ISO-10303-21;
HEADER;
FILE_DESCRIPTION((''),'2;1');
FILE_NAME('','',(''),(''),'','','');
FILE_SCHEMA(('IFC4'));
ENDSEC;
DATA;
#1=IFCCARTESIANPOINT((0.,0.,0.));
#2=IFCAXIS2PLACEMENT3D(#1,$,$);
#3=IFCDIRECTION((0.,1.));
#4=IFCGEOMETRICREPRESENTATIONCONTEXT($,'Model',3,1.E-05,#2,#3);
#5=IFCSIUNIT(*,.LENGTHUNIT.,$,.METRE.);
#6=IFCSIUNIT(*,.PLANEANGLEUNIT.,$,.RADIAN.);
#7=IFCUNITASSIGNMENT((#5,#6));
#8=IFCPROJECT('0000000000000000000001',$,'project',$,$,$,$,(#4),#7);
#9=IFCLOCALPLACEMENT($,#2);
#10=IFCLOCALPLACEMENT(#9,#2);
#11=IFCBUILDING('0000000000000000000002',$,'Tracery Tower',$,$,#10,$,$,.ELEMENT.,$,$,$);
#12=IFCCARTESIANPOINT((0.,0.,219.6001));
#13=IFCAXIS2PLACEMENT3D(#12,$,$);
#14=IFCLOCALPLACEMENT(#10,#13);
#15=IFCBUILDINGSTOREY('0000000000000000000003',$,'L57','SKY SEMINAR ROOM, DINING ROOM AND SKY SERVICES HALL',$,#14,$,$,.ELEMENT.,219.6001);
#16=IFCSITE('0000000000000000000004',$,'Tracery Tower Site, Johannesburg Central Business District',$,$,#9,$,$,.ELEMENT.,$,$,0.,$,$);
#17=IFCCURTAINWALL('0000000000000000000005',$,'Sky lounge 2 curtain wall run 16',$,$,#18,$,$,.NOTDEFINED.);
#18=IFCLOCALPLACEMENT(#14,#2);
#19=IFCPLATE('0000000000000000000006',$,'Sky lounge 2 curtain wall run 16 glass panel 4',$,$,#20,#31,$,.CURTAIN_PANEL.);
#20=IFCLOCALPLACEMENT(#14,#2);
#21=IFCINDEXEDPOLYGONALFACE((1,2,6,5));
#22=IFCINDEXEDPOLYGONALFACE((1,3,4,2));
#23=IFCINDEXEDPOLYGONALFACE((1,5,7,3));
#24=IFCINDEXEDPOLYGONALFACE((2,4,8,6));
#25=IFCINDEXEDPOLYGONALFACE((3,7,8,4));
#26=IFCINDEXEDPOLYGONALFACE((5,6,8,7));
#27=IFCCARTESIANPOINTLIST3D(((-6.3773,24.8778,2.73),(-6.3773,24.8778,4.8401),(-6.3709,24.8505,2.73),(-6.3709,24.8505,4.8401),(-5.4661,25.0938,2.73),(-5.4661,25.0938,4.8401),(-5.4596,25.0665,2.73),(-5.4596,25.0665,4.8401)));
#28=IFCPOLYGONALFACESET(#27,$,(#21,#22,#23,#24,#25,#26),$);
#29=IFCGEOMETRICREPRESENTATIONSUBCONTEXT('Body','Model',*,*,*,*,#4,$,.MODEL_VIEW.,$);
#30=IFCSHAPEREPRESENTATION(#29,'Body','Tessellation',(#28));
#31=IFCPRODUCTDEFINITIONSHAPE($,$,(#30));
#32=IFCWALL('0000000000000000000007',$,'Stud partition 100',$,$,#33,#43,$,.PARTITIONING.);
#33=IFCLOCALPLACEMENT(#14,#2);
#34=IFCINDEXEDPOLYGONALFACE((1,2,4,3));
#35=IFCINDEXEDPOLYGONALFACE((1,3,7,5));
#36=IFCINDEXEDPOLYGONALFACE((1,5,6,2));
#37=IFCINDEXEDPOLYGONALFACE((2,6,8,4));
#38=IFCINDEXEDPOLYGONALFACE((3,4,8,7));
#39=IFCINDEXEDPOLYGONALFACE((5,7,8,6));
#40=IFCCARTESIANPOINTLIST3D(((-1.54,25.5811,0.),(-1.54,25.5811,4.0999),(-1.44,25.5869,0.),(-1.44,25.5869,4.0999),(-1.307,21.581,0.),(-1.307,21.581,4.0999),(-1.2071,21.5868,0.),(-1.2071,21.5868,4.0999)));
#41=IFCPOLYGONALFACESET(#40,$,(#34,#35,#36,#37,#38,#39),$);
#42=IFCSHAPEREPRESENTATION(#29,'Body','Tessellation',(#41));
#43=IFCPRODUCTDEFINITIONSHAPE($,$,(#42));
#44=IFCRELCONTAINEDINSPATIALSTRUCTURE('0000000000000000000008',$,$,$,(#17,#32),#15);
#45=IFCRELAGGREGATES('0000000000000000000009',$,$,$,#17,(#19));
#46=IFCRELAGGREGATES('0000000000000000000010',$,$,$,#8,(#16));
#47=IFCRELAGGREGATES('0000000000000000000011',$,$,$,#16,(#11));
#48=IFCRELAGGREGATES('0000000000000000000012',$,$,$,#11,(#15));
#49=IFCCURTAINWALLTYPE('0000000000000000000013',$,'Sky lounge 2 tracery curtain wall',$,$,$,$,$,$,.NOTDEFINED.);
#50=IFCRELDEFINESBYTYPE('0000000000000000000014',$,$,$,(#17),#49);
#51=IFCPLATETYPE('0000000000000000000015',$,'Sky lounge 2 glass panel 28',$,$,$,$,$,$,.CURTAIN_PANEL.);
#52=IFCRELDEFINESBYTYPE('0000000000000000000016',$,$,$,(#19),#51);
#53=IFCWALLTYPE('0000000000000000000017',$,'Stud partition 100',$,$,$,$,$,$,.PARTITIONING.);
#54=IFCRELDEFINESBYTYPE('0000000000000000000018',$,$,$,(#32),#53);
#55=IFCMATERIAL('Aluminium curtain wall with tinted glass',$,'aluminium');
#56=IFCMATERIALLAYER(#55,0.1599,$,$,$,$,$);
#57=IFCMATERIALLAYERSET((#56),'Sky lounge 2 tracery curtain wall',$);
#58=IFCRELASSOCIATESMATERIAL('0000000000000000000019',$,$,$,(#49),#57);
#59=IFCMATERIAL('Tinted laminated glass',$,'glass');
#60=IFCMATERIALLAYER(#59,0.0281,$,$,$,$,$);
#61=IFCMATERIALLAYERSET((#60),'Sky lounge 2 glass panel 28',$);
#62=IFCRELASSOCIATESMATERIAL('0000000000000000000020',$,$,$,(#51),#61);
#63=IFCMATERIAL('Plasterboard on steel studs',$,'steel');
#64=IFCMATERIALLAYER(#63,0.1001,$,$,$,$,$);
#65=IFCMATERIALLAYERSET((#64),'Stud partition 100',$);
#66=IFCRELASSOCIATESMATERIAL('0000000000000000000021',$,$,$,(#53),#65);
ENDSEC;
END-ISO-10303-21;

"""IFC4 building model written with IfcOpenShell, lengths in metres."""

from ifc_helpers import new_model, si_unit, direction, frame, frame_2d, origin, origin_2d, place, context, subcontext, project, spatial, rectangle, extrude, material, layer, layer_set, type_object, element, aggregate, save


model = new_model("IFC4")

# Units and contexts
model_context = context("Model", 3, precision=1e-05, world=origin(), true_north=direction((0.0, 1.0)))
body_context = subcontext(model_context, "Body", "Model", "MODEL_VIEW")
ifc_project = project(units=[si_unit("LENGTHUNIT", "METRE"), si_unit("PLANEANGLEUNIT", "RADIAN")], contexts=[model_context])

# Site, building, storey
site_placement = place(None, origin())
site = spatial("IfcSite", under=ifc_project, at=site_placement, Name="Tracery Tower Site, Johannesburg Central Business District", CompositionType="ELEMENT", RefElevation=0.0)
building_placement = place(site_placement, origin())
building = spatial("IfcBuilding", under=site, at=building_placement, Name="Tracery Tower", CompositionType="ELEMENT")
storey_placement = place(building_placement, frame((0.0, 0.0, 219.6001)))
storey = spatial("IfcBuildingStorey", under=building, at=storey_placement, Name="L57", Description="SKY SEMINAR ROOM, DINING ROOM AND SKY SERVICES HALL", CompositionType="ELEMENT", Elevation=219.6001)

# Shared definitions
ifc_material_1 = material(Name="Aluminium curtain wall with tinted glass", Category="aluminium")
ifc_layer_1 = layer(ifc_material_1, 0.1599)
ifc_layer_set_1 = layer_set([ifc_layer_1], Name="Sky lounge 2 tracery curtain wall")
curtain_wall_type = type_object("IfcCurtainWallType", Name="Sky lounge 2 tracery curtain wall", PredefinedType="NOTDEFINED", material=ifc_layer_set_1)

# Curtain wall
curtain_wall_1_placement = place(storey_placement, origin())
curtain_wall_1 = element("IfcCurtainWall", 1, at=curtain_wall_1_placement, inside=storey, type_object=curtain_wall_type, Name="Sky lounge 2 curtain wall run 16", PredefinedType="NOTDEFINED")

# Plate
ifc_material_2 = material(Name="Tinted laminated glass", Category="glass")
ifc_layer_2 = layer(ifc_material_2, 0.0281)
ifc_layer_set_2 = layer_set([ifc_layer_2], Name="Sky lounge 2 glass panel 28")
plate_type = type_object("IfcPlateType", Name="Sky lounge 2 glass panel 28", PredefinedType="CURTAIN_PANEL", material=ifc_layer_set_2)
plate_1_placement = place(storey_placement, frame((-5.9185, 24.9722, 2.73), z_axis=(0.0, 0.0, 1.0), x_axis=(-0.973045, -0.230616, 0.0)))
plate_1 = element("IfcPlate", 2, at=plate_1_placement, type_object=plate_type, Name="Sky lounge 2 curtain wall run 16 glass panel 4", PredefinedType="CURTAIN_PANEL", context=body_context, shape_type="SweptSolid", body=[
    extrude(rectangle(XDim=0.9365, YDim=0.0281, at=origin_2d()), origin(), (0.0, 0.0, 1.0), 2.1101),
])
aggregate(curtain_wall_1, [plate_1])

# Wall
ifc_material_3 = material(Name="Plasterboard on steel studs", Category="steel")
ifc_layer_3 = layer(ifc_material_3, 0.1001)
ifc_layer_set_3 = layer_set([ifc_layer_3], Name="Stud partition 100")
wall_type = type_object("IfcWallType", Name="Stud partition 100", PredefinedType="PARTITIONING", material=ifc_layer_set_3)
wall_placement = place(storey_placement, frame((-1.49, 25.584, 0.0), z_axis=(0.0, 0.0, 1.0), x_axis=(0.058129, -0.998309, 0.0)))
element("IfcWall", 3, at=wall_placement, inside=storey, type_object=wall_type, Name="Stud partition 100", PredefinedType="PARTITIONING", context=body_context, shape_type="SweptSolid", body=[
    extrude(rectangle(XDim=4.0068, YDim=0.1001, at=frame_2d((2.0034, 0.0))), origin(), (0.0, 0.0, 1.0), 4.0999),
])

save(model, "model.ifc")
